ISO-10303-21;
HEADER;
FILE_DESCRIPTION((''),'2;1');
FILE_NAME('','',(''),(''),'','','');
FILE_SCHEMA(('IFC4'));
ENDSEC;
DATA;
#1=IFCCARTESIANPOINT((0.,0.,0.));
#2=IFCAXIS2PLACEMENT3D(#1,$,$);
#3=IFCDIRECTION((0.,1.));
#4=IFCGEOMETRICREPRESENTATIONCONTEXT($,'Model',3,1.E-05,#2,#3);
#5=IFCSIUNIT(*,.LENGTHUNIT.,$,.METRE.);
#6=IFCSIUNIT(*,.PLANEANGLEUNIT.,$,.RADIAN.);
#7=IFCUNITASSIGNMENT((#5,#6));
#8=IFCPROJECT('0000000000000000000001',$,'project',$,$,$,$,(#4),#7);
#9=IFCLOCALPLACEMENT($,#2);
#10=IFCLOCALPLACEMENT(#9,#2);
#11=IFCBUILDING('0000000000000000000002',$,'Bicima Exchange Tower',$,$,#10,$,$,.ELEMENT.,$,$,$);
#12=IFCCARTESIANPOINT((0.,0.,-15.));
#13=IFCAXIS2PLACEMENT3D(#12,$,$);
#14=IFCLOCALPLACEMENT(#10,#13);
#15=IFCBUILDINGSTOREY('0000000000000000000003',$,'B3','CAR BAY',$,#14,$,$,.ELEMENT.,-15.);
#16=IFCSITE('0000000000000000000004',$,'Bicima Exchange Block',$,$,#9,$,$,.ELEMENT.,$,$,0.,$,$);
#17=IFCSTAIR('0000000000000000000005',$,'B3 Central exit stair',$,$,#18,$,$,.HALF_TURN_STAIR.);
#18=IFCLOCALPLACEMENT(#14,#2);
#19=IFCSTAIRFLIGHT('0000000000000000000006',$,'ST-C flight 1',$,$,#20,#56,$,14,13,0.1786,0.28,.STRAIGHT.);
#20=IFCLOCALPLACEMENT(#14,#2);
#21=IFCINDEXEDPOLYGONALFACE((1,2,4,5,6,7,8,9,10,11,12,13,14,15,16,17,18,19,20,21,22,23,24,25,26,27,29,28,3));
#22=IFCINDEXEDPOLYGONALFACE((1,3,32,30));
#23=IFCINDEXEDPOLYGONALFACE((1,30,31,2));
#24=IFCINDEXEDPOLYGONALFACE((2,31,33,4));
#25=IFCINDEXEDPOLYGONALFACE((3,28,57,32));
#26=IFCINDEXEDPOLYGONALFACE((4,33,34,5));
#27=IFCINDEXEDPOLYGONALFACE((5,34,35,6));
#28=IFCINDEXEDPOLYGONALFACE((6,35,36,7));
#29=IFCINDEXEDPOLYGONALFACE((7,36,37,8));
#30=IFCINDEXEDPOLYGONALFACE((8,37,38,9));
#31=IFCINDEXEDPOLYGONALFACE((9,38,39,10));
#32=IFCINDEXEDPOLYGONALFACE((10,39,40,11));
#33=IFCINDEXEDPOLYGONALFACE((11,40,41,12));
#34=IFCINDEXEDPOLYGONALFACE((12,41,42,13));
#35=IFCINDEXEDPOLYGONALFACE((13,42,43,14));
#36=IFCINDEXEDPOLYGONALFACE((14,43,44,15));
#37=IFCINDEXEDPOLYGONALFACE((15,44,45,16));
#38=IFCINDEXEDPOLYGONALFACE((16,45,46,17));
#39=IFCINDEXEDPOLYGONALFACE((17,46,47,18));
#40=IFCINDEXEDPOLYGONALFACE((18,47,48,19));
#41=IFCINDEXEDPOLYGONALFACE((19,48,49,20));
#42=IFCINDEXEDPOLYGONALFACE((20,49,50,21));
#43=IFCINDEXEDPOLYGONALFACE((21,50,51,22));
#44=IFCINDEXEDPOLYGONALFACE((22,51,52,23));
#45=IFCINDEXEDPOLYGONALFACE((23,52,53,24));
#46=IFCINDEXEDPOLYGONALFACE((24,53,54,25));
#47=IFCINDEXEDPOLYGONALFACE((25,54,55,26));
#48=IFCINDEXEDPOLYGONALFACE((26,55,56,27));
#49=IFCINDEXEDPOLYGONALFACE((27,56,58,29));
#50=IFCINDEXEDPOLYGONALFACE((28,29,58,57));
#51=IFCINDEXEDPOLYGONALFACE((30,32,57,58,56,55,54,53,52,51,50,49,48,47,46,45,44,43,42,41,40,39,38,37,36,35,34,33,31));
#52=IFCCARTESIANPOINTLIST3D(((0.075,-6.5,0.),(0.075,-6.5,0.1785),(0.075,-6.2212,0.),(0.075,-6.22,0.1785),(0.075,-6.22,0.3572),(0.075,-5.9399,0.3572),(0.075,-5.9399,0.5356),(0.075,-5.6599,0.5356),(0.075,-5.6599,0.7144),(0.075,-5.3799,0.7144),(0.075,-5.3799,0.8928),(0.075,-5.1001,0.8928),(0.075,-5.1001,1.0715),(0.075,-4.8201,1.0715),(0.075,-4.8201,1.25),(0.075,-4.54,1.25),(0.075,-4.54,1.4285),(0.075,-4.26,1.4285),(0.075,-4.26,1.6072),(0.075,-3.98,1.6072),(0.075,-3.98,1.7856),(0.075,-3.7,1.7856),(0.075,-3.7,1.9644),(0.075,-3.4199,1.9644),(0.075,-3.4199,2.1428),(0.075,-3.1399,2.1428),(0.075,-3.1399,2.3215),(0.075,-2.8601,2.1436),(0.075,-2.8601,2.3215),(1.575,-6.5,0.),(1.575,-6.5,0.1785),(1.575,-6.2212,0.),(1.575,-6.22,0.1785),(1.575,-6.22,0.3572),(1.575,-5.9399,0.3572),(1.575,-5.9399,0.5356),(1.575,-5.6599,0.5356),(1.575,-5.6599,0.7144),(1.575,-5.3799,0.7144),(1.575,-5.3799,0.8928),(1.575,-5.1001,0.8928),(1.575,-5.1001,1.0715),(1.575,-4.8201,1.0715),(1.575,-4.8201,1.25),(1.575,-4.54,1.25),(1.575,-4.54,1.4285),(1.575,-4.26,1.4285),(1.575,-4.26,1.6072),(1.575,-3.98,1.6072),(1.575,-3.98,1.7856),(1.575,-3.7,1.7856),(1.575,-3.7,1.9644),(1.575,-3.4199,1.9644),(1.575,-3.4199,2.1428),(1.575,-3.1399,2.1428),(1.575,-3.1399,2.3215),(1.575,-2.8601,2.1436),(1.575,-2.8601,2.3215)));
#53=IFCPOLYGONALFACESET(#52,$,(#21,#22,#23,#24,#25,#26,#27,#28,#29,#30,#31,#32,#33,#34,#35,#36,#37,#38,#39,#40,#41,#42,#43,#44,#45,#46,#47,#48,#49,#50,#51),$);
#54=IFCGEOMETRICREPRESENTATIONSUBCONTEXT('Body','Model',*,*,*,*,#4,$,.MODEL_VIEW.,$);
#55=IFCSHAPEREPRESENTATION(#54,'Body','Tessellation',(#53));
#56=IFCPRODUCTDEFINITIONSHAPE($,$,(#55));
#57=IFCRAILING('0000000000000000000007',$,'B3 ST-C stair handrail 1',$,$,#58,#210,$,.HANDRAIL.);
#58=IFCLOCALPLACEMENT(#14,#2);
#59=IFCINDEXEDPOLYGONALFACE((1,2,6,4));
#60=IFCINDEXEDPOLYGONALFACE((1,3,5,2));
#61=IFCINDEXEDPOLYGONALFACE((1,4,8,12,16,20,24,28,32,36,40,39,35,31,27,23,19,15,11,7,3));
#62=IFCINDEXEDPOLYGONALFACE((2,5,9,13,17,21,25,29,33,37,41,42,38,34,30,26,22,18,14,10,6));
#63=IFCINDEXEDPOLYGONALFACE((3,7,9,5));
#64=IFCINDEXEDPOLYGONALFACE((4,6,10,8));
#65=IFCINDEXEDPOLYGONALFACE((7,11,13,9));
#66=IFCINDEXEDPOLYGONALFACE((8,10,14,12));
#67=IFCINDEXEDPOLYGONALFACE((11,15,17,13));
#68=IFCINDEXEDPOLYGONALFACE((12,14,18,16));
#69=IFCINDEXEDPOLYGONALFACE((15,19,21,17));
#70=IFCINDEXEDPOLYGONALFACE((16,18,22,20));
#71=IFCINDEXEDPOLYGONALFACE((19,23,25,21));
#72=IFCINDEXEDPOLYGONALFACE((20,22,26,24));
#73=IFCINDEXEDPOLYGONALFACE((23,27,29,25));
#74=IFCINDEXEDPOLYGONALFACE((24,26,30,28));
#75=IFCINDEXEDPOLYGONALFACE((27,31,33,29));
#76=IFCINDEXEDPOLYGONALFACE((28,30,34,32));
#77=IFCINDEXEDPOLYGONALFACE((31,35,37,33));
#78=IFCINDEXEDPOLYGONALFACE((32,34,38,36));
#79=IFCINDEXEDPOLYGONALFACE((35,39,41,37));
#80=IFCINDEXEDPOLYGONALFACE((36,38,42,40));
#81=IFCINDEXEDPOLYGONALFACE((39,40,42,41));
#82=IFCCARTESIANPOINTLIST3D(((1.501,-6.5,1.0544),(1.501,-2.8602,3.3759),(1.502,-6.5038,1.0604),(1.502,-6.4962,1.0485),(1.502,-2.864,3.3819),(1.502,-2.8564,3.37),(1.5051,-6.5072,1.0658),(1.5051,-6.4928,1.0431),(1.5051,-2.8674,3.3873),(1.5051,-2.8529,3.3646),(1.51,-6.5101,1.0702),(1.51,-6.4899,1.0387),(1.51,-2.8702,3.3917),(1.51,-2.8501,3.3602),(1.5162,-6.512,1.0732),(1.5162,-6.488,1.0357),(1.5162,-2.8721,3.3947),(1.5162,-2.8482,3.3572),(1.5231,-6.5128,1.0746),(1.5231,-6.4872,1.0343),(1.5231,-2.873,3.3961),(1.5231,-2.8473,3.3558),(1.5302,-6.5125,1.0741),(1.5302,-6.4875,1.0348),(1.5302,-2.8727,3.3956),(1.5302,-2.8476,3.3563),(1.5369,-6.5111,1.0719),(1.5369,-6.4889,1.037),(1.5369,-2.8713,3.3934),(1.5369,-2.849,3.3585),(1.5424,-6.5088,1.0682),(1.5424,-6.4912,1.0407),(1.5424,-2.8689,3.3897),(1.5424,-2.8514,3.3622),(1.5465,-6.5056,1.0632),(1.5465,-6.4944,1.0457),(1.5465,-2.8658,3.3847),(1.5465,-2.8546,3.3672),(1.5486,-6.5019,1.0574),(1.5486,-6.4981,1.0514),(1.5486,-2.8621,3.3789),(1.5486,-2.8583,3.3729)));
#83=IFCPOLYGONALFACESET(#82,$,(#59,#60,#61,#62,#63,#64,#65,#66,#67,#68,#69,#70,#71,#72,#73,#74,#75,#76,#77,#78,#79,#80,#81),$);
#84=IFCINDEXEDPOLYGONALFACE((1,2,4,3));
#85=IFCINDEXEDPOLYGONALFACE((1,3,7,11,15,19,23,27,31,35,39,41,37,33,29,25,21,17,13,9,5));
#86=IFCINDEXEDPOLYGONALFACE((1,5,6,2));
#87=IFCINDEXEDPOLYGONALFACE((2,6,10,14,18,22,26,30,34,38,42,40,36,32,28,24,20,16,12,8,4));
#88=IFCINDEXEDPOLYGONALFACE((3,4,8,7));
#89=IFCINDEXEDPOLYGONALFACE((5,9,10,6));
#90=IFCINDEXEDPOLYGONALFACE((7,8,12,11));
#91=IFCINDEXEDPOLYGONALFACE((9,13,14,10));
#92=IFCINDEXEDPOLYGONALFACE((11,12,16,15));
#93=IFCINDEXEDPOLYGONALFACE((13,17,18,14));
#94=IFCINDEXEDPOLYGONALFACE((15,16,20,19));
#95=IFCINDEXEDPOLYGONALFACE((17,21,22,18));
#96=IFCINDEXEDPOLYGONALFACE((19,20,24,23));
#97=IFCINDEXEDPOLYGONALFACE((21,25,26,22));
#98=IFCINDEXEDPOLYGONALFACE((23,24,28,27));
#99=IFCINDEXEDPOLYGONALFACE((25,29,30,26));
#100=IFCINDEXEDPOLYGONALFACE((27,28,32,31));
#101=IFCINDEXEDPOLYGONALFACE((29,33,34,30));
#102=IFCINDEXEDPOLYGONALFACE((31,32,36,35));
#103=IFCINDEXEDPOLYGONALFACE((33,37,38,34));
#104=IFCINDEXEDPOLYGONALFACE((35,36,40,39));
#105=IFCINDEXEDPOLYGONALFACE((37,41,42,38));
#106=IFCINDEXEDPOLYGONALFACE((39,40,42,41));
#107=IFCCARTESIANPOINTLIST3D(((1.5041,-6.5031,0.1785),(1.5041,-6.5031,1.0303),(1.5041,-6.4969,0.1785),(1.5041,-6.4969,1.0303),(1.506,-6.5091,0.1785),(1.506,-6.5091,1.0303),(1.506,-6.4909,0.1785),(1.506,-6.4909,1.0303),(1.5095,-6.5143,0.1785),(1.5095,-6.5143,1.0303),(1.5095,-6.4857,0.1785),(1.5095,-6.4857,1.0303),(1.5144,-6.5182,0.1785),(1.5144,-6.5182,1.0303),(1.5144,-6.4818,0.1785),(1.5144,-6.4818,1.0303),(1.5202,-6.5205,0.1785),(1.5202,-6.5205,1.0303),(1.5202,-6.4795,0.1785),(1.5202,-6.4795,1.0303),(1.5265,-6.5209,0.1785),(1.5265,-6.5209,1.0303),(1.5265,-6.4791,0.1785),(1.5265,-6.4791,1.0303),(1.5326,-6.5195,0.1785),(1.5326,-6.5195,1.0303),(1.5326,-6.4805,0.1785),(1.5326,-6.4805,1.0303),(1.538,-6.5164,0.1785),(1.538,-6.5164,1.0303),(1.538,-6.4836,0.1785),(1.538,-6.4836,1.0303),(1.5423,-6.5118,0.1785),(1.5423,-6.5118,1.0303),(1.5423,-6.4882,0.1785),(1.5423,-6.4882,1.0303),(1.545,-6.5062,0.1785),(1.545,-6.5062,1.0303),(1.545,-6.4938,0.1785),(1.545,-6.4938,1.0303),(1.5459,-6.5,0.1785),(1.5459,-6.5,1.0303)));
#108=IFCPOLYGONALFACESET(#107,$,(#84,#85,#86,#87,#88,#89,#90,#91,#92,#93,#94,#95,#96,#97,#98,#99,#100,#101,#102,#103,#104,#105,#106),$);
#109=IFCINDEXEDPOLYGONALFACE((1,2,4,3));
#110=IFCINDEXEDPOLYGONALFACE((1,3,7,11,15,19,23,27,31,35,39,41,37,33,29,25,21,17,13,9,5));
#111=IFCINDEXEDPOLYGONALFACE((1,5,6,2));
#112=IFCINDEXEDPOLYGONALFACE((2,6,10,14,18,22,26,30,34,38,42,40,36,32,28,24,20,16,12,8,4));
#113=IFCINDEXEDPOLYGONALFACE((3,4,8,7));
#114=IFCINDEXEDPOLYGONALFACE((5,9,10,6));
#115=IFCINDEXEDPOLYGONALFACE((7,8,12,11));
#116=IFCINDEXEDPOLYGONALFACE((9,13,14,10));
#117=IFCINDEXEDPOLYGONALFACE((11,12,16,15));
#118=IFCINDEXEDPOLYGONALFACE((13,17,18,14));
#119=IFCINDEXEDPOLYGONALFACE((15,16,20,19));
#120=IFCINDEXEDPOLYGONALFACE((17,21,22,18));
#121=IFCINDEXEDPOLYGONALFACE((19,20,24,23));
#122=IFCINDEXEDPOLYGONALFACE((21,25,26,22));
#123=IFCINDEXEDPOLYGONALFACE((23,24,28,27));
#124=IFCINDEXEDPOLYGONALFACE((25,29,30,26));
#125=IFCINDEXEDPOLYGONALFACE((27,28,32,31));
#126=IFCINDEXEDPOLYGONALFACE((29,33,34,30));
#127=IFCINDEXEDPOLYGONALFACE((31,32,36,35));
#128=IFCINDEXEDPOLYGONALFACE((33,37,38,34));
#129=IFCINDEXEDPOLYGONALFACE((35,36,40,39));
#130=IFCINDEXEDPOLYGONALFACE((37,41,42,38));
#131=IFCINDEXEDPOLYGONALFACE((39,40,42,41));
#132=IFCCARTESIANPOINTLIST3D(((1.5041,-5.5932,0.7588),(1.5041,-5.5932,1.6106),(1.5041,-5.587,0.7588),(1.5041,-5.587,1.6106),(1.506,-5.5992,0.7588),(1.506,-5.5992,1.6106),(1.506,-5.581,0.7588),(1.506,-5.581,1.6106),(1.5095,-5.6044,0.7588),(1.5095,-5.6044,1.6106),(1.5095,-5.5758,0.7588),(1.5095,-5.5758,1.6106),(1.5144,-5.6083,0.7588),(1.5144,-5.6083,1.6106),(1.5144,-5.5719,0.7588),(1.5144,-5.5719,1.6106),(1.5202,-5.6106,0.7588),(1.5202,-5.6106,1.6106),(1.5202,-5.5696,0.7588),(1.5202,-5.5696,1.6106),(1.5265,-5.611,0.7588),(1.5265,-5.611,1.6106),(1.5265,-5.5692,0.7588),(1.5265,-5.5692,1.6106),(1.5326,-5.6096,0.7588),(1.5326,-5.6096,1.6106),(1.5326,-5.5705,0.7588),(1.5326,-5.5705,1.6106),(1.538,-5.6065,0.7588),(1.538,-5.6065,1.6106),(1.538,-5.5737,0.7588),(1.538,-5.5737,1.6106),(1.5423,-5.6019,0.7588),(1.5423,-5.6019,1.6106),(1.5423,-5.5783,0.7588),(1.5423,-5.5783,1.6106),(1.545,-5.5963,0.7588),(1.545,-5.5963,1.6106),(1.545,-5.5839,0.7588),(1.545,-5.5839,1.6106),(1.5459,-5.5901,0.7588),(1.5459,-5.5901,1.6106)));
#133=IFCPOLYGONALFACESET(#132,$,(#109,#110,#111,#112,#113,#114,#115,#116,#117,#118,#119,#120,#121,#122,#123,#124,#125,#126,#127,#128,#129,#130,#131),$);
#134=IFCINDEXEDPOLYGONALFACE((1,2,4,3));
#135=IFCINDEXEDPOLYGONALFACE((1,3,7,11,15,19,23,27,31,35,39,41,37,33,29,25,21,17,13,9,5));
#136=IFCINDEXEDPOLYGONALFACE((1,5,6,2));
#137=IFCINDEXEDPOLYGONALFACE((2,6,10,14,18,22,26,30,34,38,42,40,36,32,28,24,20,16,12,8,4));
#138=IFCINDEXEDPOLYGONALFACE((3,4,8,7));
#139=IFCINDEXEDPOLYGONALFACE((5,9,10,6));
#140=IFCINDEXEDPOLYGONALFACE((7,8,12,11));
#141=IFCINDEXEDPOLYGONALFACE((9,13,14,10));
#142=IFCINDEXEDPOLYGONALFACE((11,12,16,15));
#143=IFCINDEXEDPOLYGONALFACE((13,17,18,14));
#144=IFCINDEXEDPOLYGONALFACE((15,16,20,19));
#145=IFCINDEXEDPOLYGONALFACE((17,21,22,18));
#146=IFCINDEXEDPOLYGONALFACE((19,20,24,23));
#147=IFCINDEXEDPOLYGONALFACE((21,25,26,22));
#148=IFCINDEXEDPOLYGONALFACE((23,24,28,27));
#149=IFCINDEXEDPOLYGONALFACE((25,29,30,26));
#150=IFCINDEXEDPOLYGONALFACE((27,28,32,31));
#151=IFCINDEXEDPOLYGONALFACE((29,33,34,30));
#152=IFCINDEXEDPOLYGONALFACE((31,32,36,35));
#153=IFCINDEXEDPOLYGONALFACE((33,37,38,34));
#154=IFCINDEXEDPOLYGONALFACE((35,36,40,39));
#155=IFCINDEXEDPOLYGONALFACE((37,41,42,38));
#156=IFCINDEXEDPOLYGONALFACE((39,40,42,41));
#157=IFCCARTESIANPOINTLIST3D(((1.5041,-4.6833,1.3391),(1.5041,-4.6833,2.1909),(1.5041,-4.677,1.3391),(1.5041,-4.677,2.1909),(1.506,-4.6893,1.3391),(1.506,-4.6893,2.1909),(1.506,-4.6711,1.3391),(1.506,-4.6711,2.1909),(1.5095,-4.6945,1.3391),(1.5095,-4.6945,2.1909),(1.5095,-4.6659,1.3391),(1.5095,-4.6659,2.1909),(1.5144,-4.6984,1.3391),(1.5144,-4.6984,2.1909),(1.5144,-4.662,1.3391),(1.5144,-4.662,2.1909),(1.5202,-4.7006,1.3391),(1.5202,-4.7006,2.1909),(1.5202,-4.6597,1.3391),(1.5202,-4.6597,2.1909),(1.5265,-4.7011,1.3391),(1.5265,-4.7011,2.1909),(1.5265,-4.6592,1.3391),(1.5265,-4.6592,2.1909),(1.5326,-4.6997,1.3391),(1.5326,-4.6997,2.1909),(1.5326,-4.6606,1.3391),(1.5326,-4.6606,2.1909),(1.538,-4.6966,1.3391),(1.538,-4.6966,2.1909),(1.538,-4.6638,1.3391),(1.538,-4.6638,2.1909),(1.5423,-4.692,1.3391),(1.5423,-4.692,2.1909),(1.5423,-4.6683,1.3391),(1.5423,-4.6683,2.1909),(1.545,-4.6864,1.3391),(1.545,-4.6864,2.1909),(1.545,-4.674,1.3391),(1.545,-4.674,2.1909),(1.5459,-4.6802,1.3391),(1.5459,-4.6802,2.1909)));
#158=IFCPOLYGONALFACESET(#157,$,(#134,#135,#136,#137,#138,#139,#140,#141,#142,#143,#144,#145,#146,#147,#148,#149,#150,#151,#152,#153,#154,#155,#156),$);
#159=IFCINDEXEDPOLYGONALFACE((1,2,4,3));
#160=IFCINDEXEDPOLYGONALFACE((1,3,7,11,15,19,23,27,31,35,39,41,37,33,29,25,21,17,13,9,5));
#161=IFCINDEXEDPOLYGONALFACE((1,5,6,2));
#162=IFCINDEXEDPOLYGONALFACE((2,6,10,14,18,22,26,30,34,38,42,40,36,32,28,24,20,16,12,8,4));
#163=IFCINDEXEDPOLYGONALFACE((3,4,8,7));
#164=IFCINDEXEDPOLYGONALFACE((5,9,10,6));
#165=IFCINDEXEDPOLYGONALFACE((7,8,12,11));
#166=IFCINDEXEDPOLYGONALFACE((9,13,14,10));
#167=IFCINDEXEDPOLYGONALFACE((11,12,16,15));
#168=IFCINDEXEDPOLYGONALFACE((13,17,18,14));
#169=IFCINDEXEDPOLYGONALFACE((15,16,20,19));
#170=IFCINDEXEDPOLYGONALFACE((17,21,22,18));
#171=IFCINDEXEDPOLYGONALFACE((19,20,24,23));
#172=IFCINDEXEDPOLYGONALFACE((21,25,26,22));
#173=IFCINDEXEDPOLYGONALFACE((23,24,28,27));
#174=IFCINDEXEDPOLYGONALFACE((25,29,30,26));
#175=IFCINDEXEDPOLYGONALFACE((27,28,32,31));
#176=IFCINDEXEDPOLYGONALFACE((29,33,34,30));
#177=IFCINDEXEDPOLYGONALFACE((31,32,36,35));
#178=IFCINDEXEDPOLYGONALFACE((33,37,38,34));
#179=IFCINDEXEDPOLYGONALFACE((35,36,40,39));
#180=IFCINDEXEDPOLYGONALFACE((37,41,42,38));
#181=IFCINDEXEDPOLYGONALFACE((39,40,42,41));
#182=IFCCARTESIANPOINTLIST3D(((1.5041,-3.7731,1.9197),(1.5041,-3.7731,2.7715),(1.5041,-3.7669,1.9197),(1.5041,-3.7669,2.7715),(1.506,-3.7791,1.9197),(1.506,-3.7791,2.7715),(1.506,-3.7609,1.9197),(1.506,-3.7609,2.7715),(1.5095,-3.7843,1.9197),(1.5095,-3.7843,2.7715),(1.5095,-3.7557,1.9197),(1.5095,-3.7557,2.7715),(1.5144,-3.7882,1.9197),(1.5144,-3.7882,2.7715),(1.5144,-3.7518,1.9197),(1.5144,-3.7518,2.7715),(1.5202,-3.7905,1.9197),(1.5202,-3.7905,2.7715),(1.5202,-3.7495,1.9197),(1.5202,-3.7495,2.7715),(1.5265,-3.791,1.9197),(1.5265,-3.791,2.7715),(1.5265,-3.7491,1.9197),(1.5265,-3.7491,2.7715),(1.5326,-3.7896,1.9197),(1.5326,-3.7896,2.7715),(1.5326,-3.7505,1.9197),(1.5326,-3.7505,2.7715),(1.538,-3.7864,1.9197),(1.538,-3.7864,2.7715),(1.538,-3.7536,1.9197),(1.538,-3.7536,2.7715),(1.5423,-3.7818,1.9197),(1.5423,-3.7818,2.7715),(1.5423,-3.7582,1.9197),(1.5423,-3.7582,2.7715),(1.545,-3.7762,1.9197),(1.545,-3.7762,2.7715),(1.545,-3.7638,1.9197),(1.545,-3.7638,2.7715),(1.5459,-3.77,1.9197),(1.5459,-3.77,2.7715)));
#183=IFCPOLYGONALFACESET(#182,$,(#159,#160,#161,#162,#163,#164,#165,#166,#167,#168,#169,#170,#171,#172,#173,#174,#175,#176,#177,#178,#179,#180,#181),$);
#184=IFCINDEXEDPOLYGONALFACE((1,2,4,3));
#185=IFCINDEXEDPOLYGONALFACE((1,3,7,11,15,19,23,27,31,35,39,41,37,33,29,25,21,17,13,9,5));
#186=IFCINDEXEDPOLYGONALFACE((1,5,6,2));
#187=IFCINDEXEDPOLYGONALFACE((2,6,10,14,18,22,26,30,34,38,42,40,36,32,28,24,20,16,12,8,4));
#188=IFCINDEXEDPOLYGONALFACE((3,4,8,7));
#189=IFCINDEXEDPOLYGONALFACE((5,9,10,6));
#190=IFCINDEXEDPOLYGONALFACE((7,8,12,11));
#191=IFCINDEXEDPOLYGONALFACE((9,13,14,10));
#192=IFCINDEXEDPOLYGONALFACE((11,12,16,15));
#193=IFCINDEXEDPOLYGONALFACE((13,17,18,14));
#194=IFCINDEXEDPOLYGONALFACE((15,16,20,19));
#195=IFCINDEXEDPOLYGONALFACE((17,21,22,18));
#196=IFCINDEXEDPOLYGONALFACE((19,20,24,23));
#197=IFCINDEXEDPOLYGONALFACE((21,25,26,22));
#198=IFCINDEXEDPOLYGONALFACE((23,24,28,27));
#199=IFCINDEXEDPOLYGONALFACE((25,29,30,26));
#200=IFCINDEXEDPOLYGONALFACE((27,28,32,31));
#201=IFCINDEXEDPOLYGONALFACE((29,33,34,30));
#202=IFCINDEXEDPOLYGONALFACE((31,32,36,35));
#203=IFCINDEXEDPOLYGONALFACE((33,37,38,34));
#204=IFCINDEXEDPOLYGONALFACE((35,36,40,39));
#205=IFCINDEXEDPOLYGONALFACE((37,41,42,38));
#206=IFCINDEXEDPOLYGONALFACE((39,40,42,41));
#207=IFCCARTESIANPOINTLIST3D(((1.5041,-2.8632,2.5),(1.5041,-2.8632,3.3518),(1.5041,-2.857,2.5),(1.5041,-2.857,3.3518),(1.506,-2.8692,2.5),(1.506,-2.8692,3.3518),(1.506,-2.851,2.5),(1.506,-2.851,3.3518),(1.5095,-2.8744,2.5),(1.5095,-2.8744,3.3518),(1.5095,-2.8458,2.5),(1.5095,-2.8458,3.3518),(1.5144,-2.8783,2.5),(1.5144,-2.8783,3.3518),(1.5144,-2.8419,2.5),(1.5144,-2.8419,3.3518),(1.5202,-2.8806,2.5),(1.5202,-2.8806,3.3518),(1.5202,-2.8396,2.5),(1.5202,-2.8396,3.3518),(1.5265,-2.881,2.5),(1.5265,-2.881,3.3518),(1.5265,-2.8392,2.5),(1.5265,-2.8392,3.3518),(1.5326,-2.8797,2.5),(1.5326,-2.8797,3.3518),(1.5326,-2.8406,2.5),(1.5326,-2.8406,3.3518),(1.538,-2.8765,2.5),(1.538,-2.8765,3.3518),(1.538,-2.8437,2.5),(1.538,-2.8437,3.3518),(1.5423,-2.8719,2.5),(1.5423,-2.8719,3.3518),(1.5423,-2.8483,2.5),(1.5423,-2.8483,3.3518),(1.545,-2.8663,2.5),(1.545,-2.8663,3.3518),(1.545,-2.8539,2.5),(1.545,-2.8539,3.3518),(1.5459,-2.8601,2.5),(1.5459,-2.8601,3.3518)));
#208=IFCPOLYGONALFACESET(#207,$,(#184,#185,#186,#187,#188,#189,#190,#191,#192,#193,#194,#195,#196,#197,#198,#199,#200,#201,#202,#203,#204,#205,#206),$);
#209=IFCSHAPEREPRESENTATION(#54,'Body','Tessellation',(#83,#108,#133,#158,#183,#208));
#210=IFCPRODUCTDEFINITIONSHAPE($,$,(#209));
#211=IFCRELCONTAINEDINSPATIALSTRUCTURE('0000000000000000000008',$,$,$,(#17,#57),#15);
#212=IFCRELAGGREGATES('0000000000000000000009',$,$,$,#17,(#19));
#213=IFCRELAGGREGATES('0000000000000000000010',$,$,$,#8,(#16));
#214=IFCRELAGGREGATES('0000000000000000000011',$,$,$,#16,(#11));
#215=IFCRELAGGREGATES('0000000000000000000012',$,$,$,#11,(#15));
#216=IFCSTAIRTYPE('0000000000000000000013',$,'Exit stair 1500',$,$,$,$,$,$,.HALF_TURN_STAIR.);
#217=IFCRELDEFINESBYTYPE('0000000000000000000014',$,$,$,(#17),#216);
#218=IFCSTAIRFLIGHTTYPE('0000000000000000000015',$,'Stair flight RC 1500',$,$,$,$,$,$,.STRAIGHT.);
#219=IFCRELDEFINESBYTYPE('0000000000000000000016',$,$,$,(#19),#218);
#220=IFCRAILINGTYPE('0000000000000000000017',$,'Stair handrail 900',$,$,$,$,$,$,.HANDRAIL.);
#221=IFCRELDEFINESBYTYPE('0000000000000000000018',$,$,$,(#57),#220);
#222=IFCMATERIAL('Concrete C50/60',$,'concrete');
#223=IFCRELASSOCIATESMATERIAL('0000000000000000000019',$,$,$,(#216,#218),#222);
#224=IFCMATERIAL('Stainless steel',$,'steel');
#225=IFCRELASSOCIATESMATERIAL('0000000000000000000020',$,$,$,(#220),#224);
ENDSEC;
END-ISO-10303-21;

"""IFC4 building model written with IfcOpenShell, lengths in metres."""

from ifc_helpers import new_model, si_unit, direction, frame, origin, origin_2d, place, context, subcontext, project, spatial, polyline, circle, outline, extrude, material, type_object, element, aggregate, save


model = new_model("IFC4")

# Units and contexts
model_context = context("Model", 3, precision=1e-05, world=origin(), true_north=direction((0.0, 1.0)))
body_context = subcontext(model_context, "Body", "Model", "MODEL_VIEW")
ifc_project = project(units=[si_unit("LENGTHUNIT", "METRE"), si_unit("PLANEANGLEUNIT", "RADIAN")], contexts=[model_context])

# Site, building, storey
site_placement = place(None, origin())
site = spatial("IfcSite", under=ifc_project, at=site_placement, Name="Bicima Exchange Block", CompositionType="ELEMENT", RefElevation=0.0)
building_placement = place(site_placement, origin())
building = spatial("IfcBuilding", under=site, at=building_placement, Name="Bicima Exchange Tower", CompositionType="ELEMENT")
storey_placement = place(building_placement, frame((0.0, 0.0, -15.0)))
storey = spatial("IfcBuildingStorey", under=building, at=storey_placement, Name="B3", Description="CAR BAY", CompositionType="ELEMENT", Elevation=-15.0)

# Shared definitions
ifc_material_1 = material(Name="Concrete C50/60", Category="concrete")

# Shared definitions
ifc_material_2 = material(Name="Stainless steel", Category="steel")

# Stair, stair flight
stair_type = type_object("IfcStairType", Name="Exit stair 1500", PredefinedType="HALF_TURN_STAIR", material=ifc_material_1)
stair_placement = place(storey_placement, origin())
stair = element("IfcStair", 1, at=stair_placement, inside=storey, type_object=stair_type, Name="B3 Central exit stair", PredefinedType="HALF_TURN_STAIR")
stair_flight_type = type_object("IfcStairFlightType", Name="Stair flight RC 1500", PredefinedType="STRAIGHT", material=ifc_material_1)
stair_flight_placement = place(storey_placement, frame((0.825, -6.5, 0.0), z_axis=(0.0, 0.0, 1.0), x_axis=(0.0, 1.0, 0.0)))
stair_flight = element("IfcStairFlight", 2, at=stair_flight_placement, type_object=stair_flight_type, Name="ST-C flight 1", NumberOfRisers=14, NumberOfTreads=13, PredefinedType="STRAIGHT", RiserHeight=0.1786, TreadLength=0.28, context=body_context, shape_type="SweptSolid", body=[
    extrude(outline(polyline([(0.0, 0.0), (0.0, 0.1785), (0.28, 0.1785), (0.28, 0.3572), (0.5601, 0.3572), (0.5601, 0.5356), (0.8401, 0.5356), (0.8401, 0.7144), (1.1201, 0.7144), (1.1201, 0.8928), (1.3999, 0.8928), (1.3999, 1.0715), (1.6799, 1.0715), (1.6799, 1.25), (1.96, 1.25), (1.96, 1.4285), (2.24, 1.4285), (2.24, 1.6072), (2.52, 1.6072), (2.52, 1.7856), (2.8, 1.7856), (2.8, 1.9644), (3.0801, 1.9644), (3.0801, 2.1428), (3.3601, 2.1428), (3.3601, 2.3215), (3.6399, 2.3215), (3.6399, 2.5), (3.6399, 2.1436), (0.2788, 0.0), (0.0, 0.0)])), frame((0.0, 0.75, 0.0), z_axis=(0.0, -1.0, 0.0), x_axis=(1.0, 0.0, 0.0)), (0.0, 0.0, 1.0), 1.5),
])
aggregate(stair, [stair_flight])

# Railing
railing_type_1 = type_object("IfcRailingType", Name="Stair handrail 900", PredefinedType="HANDRAIL", material=ifc_material_2)
railing_1_placement = place(storey_placement, frame((1.5249, -6.5, 0.1785)))
element("IfcRailing", 3, at=railing_1_placement, inside=storey, type_object=railing_type_1, Name="B3 ST-C stair handrail 1", PredefinedType="HANDRAIL", context=body_context, shape_type="SweptSolid", body=[
    extrude(circle(Radius=0.0239, at=origin_2d()), frame((0.0, 0.0, 0.876), z_axis=(0.0, 0.843112, 0.537739), x_axis=(-1.0, 0.0, 0.0)), (0.0, 0.0, 1.0), 4.3171),
    extrude(circle(Radius=0.021, at=origin_2d()), origin(), (0.0, 0.0, 1.0), 0.8518),
    extrude(circle(Radius=0.021, at=origin_2d()), frame((0.0, 0.9099, 0.5803)), (0.0, 0.0, 1.0), 0.8518),
    extrude(circle(Radius=0.021, at=origin_2d()), frame((0.0, 1.8198, 1.1606)), (0.0, 0.0, 1.0), 0.8518),
    extrude(circle(Radius=0.021, at=origin_2d()), frame((0.0, 2.73, 1.7412)), (0.0, 0.0, 1.0), 0.8518),
    extrude(circle(Radius=0.021, at=origin_2d()), frame((0.0, 3.6399, 2.3215)), (0.0, 0.0, 1.0), 0.8518),
])

save(model, "model.ifc")
